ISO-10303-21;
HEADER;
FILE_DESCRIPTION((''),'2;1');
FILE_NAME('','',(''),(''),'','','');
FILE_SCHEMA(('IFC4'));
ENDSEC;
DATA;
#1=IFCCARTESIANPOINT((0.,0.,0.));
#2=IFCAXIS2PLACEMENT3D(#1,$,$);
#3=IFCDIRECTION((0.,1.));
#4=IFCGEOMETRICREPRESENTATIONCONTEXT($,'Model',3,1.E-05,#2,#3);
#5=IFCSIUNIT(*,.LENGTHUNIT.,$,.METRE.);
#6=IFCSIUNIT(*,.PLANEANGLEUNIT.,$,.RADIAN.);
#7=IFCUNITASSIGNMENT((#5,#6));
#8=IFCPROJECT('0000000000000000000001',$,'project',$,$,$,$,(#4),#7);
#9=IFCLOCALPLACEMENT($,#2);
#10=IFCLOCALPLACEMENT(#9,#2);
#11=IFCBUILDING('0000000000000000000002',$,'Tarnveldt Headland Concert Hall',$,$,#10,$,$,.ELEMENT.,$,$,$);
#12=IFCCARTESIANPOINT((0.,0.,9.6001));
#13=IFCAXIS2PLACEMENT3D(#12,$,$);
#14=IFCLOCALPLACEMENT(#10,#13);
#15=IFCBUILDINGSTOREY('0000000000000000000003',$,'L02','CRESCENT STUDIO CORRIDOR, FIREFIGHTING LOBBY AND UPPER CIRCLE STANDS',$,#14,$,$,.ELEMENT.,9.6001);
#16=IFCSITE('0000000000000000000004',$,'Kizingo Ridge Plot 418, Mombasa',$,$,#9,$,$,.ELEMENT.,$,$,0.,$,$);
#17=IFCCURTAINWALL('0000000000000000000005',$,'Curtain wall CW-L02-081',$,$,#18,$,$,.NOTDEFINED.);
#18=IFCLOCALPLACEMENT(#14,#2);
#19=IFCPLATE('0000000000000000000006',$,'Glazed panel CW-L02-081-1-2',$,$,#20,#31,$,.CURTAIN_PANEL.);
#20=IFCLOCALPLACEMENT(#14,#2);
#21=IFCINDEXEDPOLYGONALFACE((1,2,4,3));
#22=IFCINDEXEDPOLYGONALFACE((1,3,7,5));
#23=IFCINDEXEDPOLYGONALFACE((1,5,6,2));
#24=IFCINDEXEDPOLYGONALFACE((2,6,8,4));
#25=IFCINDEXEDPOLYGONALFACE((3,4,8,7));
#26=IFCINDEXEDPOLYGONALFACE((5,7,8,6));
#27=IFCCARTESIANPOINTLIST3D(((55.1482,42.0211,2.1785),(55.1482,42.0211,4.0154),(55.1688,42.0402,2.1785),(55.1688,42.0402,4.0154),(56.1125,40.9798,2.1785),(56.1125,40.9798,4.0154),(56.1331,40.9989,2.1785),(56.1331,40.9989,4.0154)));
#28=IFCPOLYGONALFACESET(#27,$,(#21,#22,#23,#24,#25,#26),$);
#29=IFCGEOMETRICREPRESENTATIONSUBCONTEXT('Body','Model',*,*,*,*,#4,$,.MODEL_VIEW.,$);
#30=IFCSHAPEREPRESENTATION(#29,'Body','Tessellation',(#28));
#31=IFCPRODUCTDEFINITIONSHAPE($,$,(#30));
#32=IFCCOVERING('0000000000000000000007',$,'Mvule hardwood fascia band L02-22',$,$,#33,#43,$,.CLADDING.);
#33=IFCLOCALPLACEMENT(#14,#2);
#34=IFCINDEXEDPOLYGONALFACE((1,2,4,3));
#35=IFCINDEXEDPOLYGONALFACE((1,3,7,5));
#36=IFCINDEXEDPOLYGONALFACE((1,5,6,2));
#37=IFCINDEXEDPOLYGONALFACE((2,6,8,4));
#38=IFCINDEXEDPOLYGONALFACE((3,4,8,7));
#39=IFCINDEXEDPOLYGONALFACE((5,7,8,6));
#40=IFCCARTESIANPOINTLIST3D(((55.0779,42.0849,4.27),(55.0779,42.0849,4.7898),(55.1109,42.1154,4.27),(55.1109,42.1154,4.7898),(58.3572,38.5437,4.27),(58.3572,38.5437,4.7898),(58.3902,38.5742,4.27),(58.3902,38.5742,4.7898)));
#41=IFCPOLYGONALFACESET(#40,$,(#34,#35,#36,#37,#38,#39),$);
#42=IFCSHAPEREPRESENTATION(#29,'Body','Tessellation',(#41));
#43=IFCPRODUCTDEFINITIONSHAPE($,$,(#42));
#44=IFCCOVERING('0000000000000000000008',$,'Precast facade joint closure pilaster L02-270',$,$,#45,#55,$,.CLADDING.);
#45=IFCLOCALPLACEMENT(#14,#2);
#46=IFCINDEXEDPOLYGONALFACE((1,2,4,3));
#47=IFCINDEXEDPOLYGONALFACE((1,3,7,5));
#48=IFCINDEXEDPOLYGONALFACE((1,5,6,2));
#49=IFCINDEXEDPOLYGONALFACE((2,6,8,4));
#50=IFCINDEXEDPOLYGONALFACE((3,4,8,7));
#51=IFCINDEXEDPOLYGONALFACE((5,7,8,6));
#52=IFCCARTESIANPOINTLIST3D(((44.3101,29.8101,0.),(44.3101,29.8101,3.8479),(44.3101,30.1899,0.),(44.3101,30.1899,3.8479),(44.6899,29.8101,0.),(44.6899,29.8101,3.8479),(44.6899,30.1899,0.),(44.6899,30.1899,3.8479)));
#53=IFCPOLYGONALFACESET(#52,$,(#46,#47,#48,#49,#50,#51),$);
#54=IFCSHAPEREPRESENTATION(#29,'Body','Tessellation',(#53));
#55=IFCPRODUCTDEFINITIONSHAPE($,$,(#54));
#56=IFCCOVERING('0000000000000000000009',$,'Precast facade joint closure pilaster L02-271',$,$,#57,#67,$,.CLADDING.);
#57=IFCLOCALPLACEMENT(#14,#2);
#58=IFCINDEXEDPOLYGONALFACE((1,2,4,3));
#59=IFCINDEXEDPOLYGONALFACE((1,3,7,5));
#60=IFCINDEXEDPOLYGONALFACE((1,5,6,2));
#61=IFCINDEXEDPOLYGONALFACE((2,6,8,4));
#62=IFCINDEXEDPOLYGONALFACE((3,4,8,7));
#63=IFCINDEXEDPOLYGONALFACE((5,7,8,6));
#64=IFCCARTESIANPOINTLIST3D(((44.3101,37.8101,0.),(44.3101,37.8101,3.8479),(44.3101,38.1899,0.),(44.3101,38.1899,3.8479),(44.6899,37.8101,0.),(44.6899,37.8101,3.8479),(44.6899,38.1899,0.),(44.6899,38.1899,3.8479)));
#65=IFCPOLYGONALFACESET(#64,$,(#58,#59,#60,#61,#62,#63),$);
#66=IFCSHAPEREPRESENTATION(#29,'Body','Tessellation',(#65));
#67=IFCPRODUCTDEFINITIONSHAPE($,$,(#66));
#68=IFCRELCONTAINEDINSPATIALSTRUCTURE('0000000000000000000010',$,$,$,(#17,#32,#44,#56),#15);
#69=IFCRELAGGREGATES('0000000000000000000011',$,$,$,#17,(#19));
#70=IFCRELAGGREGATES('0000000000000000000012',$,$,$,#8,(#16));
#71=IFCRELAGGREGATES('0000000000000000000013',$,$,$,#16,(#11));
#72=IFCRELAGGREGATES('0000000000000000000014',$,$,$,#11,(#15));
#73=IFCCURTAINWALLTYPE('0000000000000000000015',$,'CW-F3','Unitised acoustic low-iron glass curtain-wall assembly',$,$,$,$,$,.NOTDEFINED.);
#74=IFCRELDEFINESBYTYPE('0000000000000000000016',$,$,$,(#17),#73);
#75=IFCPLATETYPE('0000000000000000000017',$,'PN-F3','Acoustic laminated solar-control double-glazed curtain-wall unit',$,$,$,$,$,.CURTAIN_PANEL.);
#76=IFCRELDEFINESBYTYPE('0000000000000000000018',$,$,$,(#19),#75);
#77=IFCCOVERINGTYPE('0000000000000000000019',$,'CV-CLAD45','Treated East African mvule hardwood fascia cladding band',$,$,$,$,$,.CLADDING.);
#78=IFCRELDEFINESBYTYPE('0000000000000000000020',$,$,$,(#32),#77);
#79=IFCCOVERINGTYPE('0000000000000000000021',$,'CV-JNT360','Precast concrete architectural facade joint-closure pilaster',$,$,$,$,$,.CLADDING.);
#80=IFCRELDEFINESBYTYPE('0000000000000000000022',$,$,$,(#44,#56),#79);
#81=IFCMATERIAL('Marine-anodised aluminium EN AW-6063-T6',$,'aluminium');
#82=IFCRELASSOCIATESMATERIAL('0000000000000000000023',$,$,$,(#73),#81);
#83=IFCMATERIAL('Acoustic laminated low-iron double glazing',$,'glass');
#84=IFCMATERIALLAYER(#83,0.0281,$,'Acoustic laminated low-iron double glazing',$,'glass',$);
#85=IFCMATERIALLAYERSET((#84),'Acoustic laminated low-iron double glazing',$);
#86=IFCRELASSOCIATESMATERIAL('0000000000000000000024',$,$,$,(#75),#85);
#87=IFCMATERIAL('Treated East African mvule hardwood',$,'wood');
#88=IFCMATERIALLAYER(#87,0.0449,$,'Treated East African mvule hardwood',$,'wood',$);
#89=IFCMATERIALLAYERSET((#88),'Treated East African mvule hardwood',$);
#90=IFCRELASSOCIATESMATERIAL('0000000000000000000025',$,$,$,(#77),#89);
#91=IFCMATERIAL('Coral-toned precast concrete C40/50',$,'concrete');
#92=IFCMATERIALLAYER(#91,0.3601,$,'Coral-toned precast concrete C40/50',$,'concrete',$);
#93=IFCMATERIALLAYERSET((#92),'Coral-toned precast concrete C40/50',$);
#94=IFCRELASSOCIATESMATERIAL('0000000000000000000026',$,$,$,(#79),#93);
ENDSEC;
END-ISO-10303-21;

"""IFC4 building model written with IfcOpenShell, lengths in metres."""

from ifc_helpers import new_model, si_unit, direction, frame, frame_2d, origin, origin_2d, place, context, subcontext, project, spatial, rectangle, extrude, material, layer, layer_set, type_object, element, aggregate, save


model = new_model("IFC4")

# Units and contexts
model_context = context("Model", 3, precision=1e-05, world=origin(), true_north=direction((0.0, 1.0)))
body_context = subcontext(model_context, "Body", "Model", "MODEL_VIEW")
ifc_project = project(units=[si_unit("LENGTHUNIT", "METRE"), si_unit("PLANEANGLEUNIT", "RADIAN")], contexts=[model_context])

# Site, building, storey
site_placement = place(None, origin())
site = spatial("IfcSite", under=ifc_project, at=site_placement, Name="Kizingo Ridge Plot 418, Mombasa", CompositionType="ELEMENT", RefElevation=0.0)
building_placement = place(site_placement, origin())
building = spatial("IfcBuilding", under=site, at=building_placement, Name="Tarnveldt Headland Concert Hall", CompositionType="ELEMENT")
storey_placement = place(building_placement, frame((0.0, 0.0, 9.6001)))
storey = spatial("IfcBuildingStorey", under=building, at=storey_placement, Name="L02", Description="CRESCENT STUDIO CORRIDOR, FIREFIGHTING LOBBY AND UPPER CIRCLE STANDS", CompositionType="ELEMENT", Elevation=9.6001)

# Shared definitions
ifc_material_1 = material(Name="Marine-anodised aluminium EN AW-6063-T6", Category="aluminium")
curtain_wall_type = type_object("IfcCurtainWallType", Name="CW-F3", Description="Unitised acoustic low-iron glass curtain-wall assembly", PredefinedType="NOTDEFINED", material=ifc_material_1)

# Curtain wall
curtain_wall_1_placement = place(storey_placement, origin())
curtain_wall_1 = element("IfcCurtainWall", 1, at=curtain_wall_1_placement, inside=storey, type_object=curtain_wall_type, Name="Curtain wall CW-L02-081", PredefinedType="NOTDEFINED")

# Plate
ifc_material_2 = material(Name="Acoustic laminated low-iron double glazing", Category="glass")
ifc_layer_1 = layer(ifc_material_2, 0.0281, Name="Acoustic laminated low-iron double glazing", Category="glass")
ifc_layer_set_1 = layer_set([ifc_layer_1], Name="Acoustic laminated low-iron double glazing")
plate_type = type_object("IfcPlateType", Name="PN-F3", Description="Acoustic laminated solar-control double-glazed curtain-wall unit", PredefinedType="CURTAIN_PANEL", material=ifc_layer_set_1)
plate_1_placement = place(storey_placement, frame((55.6406, 41.51, 2.1785), z_axis=(0.0, 0.0, 1.0), x_axis=(0.679467, -0.733706, 0.0)))
plate_1 = element("IfcPlate", 2, at=plate_1_placement, type_object=plate_type, Name="Glazed panel CW-L02-081-1-2", PredefinedType="CURTAIN_PANEL", context=body_context, shape_type="SweptSolid", body=[
    extrude(rectangle(XDim=1.4192, YDim=0.0281, at=origin_2d()), origin(), (0.0, 0.0, 1.0), 1.8369),
])
aggregate(curtain_wall_1, [plate_1])

# Shared definitions
ifc_material_3 = material(Name="Coral-toned precast concrete C40/50", Category="concrete")

# Coverings
ifc_material_4 = material(Name="Treated East African mvule hardwood", Category="wood")
ifc_layer_2 = layer(ifc_material_4, 0.0449, Name="Treated East African mvule hardwood", Category="wood")
ifc_layer_set_2 = layer_set([ifc_layer_2], Name="Treated East African mvule hardwood")
covering_type_1 = type_object("IfcCoveringType", Name="CV-CLAD45", Description="Treated East African mvule hardwood fascia cladding band", PredefinedType="CLADDING", material=ifc_layer_set_2)
covering_placement = place(storey_placement, frame((55.0945, 42.1001, 4.27), z_axis=(0.0, 0.0, 1.0), x_axis=(0.679447, -0.733724, 0.0)))
element("IfcCovering", 3, at=covering_placement, inside=storey, type_object=covering_type_1, Name="Mvule hardwood fascia band L02-22", PredefinedType="CLADDING", context=body_context, shape_type="SweptSolid", body=[
    extrude(rectangle(XDim=4.8264, YDim=0.0449, at=frame_2d((2.4131, 0.0))), origin(), (0.0, 0.0, 1.0), 0.5198),
])
ifc_layer_3 = layer(ifc_material_3, 0.3601, Name="Coral-toned precast concrete C40/50", Category="concrete")
ifc_layer_set_3 = layer_set([ifc_layer_3], Name="Coral-toned precast concrete C40/50")
covering_type_2 = type_object("IfcCoveringType", Name="CV-JNT360", Description="Precast concrete architectural facade joint-closure pilaster", PredefinedType="CLADDING", material=ifc_layer_set_3)
for number, where, z_axis, x_axis, name in (
    (4, (44.5, 30.0, 0.0), (0.0, 0.0, 1.0), (0.0, -1.0, 0.0), "Precast facade joint closure pilaster L02-270"),
    (5, (44.5, 38.0, 0.0), (0.0, 0.0, 1.0), (0.0, -1.0, 0.0), "Precast facade joint closure pilaster L02-271"),
):
    element("IfcCovering", number, at=place(storey_placement, frame(where, z_axis=z_axis, x_axis=x_axis)), inside=storey, type_object=covering_type_2, Name=name, PredefinedType="CLADDING", context=body_context, shape_type="SweptSolid", body=[
        extrude(rectangle(XDim=0.3799, YDim=0.3799, at=origin_2d()), origin(), (0.0, 0.0, 1.0), 3.8479),
    ])

save(model, "model.ifc")
